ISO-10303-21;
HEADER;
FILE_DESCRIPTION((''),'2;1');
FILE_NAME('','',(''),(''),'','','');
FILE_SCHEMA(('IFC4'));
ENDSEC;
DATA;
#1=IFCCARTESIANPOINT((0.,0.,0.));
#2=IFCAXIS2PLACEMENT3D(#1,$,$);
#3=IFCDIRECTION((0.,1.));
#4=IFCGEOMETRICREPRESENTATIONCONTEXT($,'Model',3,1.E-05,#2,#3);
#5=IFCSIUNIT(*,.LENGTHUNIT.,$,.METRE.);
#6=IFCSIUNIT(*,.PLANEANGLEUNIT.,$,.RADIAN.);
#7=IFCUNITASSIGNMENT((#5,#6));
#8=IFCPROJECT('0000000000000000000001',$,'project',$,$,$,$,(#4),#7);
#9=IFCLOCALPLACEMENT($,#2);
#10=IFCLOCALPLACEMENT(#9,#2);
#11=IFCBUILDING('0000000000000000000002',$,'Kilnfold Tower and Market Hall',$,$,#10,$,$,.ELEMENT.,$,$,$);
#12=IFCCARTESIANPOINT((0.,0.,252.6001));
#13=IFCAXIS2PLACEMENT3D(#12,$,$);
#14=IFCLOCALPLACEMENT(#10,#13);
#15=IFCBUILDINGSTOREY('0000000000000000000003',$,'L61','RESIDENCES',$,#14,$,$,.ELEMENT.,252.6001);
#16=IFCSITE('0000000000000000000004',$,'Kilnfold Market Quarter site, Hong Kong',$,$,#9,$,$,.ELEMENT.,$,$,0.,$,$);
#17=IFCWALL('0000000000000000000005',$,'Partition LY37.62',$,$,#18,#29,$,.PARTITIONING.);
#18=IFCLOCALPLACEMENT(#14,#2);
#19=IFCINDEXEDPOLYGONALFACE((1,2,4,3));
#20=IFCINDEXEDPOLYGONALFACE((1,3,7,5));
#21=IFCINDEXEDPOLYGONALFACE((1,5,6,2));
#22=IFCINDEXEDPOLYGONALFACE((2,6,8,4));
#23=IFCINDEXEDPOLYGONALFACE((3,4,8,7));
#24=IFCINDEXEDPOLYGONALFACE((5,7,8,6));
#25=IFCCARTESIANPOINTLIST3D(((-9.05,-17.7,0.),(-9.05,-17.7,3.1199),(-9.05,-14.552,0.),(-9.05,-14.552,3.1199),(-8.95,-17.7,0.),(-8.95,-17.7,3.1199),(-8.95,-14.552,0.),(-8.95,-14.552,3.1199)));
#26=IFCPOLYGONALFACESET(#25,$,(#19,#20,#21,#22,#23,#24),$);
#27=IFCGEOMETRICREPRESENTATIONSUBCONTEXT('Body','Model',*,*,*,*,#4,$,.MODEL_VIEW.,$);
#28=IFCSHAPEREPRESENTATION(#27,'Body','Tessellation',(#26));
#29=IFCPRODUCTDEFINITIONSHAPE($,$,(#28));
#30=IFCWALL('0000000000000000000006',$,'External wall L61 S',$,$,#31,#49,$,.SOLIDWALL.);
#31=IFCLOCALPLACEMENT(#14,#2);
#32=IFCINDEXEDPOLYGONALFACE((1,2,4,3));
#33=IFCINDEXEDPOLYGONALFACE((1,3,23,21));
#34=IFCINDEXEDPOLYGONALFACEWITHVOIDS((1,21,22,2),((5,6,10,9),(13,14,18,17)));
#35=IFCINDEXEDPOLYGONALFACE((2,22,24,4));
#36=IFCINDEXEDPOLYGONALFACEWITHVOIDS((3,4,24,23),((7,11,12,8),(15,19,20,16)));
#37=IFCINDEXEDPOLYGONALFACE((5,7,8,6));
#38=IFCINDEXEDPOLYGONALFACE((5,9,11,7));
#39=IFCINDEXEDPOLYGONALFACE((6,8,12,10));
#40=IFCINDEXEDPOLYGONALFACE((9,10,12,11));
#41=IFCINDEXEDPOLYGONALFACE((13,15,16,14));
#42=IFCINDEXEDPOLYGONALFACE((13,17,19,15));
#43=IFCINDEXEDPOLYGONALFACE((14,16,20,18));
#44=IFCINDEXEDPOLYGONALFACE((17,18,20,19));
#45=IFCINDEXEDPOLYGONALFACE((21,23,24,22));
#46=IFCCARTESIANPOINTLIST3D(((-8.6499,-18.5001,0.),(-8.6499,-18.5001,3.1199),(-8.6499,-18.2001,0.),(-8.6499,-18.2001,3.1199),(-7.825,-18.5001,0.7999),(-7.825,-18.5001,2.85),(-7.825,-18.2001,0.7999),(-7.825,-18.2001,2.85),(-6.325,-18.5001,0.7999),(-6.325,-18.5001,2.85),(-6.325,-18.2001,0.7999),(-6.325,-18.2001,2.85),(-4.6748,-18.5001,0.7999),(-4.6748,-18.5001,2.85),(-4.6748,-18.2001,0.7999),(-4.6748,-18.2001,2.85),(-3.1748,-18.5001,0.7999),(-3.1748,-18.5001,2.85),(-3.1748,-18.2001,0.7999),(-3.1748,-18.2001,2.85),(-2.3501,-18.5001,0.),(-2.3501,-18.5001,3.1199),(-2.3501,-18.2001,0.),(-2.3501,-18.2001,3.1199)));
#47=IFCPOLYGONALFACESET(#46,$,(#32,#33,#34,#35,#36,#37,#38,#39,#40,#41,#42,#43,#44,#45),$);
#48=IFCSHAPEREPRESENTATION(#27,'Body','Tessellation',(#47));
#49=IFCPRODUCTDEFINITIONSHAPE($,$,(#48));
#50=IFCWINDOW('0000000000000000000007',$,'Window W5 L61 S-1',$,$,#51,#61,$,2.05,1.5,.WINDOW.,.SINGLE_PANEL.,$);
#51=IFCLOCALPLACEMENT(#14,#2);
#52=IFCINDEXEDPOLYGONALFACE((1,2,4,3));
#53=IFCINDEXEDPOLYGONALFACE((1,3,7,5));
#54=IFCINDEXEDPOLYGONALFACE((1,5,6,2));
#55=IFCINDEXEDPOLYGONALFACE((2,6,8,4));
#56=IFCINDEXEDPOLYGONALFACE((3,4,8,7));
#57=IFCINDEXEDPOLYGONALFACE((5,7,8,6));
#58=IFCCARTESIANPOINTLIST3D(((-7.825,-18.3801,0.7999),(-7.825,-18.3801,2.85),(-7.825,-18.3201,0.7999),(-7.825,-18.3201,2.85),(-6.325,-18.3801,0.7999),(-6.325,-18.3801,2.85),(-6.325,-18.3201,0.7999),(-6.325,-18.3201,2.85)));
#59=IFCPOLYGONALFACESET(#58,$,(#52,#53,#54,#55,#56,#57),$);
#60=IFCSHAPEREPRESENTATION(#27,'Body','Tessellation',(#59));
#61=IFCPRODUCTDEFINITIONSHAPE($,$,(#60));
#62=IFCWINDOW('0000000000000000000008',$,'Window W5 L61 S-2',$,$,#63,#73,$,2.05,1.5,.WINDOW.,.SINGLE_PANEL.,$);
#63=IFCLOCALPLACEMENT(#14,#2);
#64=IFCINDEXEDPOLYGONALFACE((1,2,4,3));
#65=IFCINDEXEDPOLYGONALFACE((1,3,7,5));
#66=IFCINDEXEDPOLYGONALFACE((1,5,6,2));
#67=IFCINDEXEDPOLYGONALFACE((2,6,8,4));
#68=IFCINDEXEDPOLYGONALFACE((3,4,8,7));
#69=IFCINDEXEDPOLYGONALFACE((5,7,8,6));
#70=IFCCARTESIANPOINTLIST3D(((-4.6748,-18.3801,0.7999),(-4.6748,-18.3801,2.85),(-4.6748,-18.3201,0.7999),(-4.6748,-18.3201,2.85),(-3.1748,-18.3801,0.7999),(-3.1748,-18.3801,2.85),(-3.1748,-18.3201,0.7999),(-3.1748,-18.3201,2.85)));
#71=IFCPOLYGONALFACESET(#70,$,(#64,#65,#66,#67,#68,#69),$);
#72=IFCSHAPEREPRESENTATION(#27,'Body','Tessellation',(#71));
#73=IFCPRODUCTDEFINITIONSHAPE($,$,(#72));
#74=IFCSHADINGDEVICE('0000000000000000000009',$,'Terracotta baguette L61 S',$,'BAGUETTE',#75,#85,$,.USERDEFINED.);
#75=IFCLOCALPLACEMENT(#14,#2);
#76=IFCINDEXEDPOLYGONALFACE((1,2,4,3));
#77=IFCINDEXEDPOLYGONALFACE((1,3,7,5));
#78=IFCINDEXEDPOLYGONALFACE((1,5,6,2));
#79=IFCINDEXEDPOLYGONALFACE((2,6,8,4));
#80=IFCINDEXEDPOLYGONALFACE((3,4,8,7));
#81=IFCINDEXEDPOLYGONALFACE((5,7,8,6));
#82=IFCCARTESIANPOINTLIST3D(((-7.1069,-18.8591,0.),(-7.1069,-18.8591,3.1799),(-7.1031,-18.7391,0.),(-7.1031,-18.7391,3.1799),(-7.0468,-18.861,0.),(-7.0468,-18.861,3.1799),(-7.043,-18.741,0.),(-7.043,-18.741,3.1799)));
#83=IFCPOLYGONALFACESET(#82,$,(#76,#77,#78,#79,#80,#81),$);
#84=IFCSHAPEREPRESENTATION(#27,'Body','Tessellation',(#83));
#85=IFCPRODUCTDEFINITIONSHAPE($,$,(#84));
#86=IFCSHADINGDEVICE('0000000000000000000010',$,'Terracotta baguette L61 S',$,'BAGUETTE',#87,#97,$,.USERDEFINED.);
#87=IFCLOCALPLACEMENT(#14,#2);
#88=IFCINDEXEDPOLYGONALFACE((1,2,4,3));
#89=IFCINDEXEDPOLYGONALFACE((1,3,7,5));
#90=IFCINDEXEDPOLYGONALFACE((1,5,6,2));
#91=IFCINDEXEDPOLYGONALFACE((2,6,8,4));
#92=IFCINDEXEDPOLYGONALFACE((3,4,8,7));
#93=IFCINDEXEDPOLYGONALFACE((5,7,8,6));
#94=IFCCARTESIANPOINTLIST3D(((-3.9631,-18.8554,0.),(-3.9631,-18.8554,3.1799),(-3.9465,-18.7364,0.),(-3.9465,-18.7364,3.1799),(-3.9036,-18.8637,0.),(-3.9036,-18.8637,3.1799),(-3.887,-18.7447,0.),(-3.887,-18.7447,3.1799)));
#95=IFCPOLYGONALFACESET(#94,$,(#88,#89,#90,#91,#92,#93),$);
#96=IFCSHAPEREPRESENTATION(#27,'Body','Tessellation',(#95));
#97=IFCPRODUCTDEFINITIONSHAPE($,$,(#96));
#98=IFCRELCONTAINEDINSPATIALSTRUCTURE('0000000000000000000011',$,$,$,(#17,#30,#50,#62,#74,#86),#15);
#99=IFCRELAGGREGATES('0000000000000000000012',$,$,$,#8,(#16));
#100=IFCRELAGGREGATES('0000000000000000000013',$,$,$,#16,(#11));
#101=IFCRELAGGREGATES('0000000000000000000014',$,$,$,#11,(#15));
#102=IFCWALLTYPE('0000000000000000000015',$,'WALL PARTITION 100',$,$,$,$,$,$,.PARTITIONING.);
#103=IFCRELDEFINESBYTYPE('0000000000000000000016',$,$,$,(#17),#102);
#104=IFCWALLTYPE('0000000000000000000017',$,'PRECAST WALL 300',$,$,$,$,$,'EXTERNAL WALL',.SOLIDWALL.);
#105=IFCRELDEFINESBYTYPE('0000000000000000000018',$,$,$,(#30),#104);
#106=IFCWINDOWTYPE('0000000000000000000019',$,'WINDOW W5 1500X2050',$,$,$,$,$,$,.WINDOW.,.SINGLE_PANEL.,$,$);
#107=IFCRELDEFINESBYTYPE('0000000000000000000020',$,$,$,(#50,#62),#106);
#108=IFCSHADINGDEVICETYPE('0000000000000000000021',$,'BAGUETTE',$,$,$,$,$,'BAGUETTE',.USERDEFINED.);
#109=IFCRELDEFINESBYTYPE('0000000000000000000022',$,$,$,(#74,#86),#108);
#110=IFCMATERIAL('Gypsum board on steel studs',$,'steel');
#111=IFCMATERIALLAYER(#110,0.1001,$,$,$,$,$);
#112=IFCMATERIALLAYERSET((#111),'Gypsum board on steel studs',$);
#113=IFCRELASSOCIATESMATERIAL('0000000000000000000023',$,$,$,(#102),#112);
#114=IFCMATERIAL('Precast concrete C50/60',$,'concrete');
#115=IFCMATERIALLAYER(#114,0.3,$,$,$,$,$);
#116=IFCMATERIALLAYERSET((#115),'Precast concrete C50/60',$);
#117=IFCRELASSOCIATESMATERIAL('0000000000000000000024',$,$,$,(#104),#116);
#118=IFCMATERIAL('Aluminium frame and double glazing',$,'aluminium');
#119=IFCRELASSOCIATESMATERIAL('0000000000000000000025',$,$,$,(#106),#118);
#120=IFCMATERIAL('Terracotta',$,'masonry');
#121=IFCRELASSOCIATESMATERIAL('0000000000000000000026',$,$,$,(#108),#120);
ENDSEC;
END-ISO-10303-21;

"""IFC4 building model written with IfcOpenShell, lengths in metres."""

from ifc_helpers import new_model, si_unit, direction, frame, frame_2d, origin, origin_2d, place, context, subcontext, project, spatial, rectangle, extrude, source, transform, mapped, material, layer, layer_set, material_profile, profile_set, type_object, element, fill, save


model = new_model("IFC4")

# Units and contexts
model_context = context("Model", 3, precision=1e-05, world=origin(), true_north=direction((0.0, 1.0)))
body_context = subcontext(model_context, "Body", "Model", "MODEL_VIEW")
ifc_project = project(units=[si_unit("LENGTHUNIT", "METRE"), si_unit("PLANEANGLEUNIT", "RADIAN")], contexts=[model_context])

# Site, building, storey
site_placement = place(None, origin())
site = spatial("IfcSite", under=ifc_project, at=site_placement, Name="Kilnfold Market Quarter site, Hong Kong", CompositionType="ELEMENT", RefElevation=0.0)
building_placement = place(site_placement, origin())
building = spatial("IfcBuilding", under=site, at=building_placement, Name="Kilnfold Tower and Market Hall", CompositionType="ELEMENT")
storey_placement = place(building_placement, frame((0.0, 0.0, 252.6001)))
storey = spatial("IfcBuildingStorey", under=building, at=storey_placement, Name="L61", Description="RESIDENCES", CompositionType="ELEMENT", Elevation=252.6001)

# Shared definitions
ifc_material_1 = material(Name="Gypsum board on steel studs", Category="steel")
ifc_layer_1 = layer(ifc_material_1, 0.1001)
ifc_layer_set_1 = layer_set([ifc_layer_1], Name="Gypsum board on steel studs")
wall_type_1 = type_object("IfcWallType", Name="WALL PARTITION 100", PredefinedType="PARTITIONING", material=ifc_layer_set_1)

# Wall
wall_1_placement = place(storey_placement, frame((-9.0, -17.7, 0.0), z_axis=(0.0, 0.0, 1.0), x_axis=(0.0, 1.0, 0.0)))
element("IfcWall", 1, at=wall_1_placement, inside=storey, type_object=wall_type_1, Name="Partition LY37.62", PredefinedType="PARTITIONING", context=body_context, shape_type="SweptSolid", body=[
    extrude(rectangle(XDim=3.1479, YDim=0.1001, at=frame_2d((1.574, 0.0))), origin(), (0.0, 0.0, 1.0), 3.1199),
])

# Wall, openings, windows
ifc_material_2 = material(Name="Precast concrete C50/60", Category="concrete")
ifc_layer_2 = layer(ifc_material_2, 0.3)
ifc_layer_set_2 = layer_set([ifc_layer_2], Name="Precast concrete C50/60")
wall_type_2 = type_object("IfcWallType", Name="PRECAST WALL 300", ElementType="EXTERNAL WALL", PredefinedType="SOLIDWALL", material=ifc_layer_set_2)
shared_shape_1 = source(origin(), body_context, "Body", "SweptSolid", [
    extrude(rectangle(XDim=6.2998, YDim=0.3, at=frame_2d((3.1499, 0.0))), origin(), (0.0, 0.0, 1.0), 3.1199),
])
wall_2_placement = place(storey_placement, frame((-8.6499, -18.3501, 0.0), z_axis=(0.0, 0.0, 1.0), x_axis=(1.0, 0.0, 0.0)))
wall_2 = element("IfcWall", 2, at=wall_2_placement, inside=storey, type_object=wall_type_2, Name="External wall L61 S", PredefinedType="SOLIDWALL", context=body_context, shape_type="MappedRepresentation", body=[
    mapped(shared_shape_1, transform((0.0, 0.0, 0.0))),
])
opening_1_placement = place(wall_2_placement, frame((0.825, 0.0, 0.8)))
opening_1 = element("IfcOpeningElement", 3, at=opening_1_placement, cuts=wall_2, PredefinedType="OPENING", context=body_context, shape_type="SweptSolid", body=[
    extrude(rectangle(XDim=1.5, YDim=2.05, at=frame_2d((0.75, 1.0249))), frame((0.0, 0.1602, 0.0), z_axis=(0.0, -1.0, 0.0), x_axis=(1.0, 0.0, 0.0)), (0.0, 0.0, 1.0), 0.3201),
])
opening_2_placement = place(wall_2_placement, frame((3.9751, 0.0, 0.8)))
opening_2 = element("IfcOpeningElement", 4, at=opening_2_placement, cuts=wall_2, PredefinedType="OPENING", context=body_context, shape_type="SweptSolid", body=[
    extrude(rectangle(XDim=1.5, YDim=2.05, at=frame_2d((0.75, 1.0249))), frame((0.0, 0.1602, 0.0), z_axis=(0.0, -1.0, 0.0), x_axis=(1.0, 0.0, 0.0)), (0.0, 0.0, 1.0), 0.3201),
])
ifc_material_3 = material(Name="Aluminium frame and double glazing", Category="aluminium")
window_type = type_object("IfcWindowType", Name="WINDOW W5 1500X2050", PartitioningType="SINGLE_PANEL", PredefinedType="WINDOW", material=ifc_material_3)
window_1_placement = place(opening_1_placement, origin())
window_1 = element("IfcWindow", 5, at=window_1_placement, inside=storey, type_object=window_type, Name="Window W5 L61 S-1", OverallHeight=2.05, OverallWidth=1.5, PartitioningType="SINGLE_PANEL", PredefinedType="WINDOW", context=body_context, shape_type="SweptSolid", body=[
    extrude(rectangle(XDim=1.5, YDim=2.05, at=frame_2d((0.75, 1.0249))), frame((0.0, 0.03, 0.0), z_axis=(0.0, -1.0, 0.0), x_axis=(1.0, 0.0, 0.0)), (0.0, 0.0, 1.0), 0.0601),
])
fill(opening_1, window_1)
window_2_placement = place(opening_2_placement, origin())
window_2 = element("IfcWindow", 6, at=window_2_placement, inside=storey, type_object=window_type, Name="Window W5 L61 S-2", OverallHeight=2.05, OverallWidth=1.5, PartitioningType="SINGLE_PANEL", PredefinedType="WINDOW", context=body_context, shape_type="SweptSolid", body=[
    extrude(rectangle(XDim=1.5, YDim=2.05, at=frame_2d((0.75, 1.0249))), frame((0.0, 0.03, 0.0), z_axis=(0.0, -1.0, 0.0), x_axis=(1.0, 0.0, 0.0)), (0.0, 0.0, 1.0), 0.0601),
])
fill(opening_2, window_2)

# Shading devices
ifc_material_4 = material(Name="Terracotta", Category="masonry")
ifc_material_profile_1 = material_profile(ifc_material_4, rectangle(XDim=0.0601, YDim=0.1201, at=origin_2d()), Name="BAG 60x120")
ifc_profile_set_1 = profile_set([ifc_material_profile_1], Name="Terracotta")
shading_device_type = type_object("IfcShadingDeviceType", Name="BAGUETTE", ElementType="BAGUETTE", PredefinedType="USERDEFINED", material=ifc_profile_set_1)
shared_shape_2 = source(origin(), body_context, "Body", "SweptSolid", [
    extrude(rectangle(XDim=0.0601, YDim=0.1201, at=origin_2d()), origin(), (0.0, 0.0, 1.0), 3.1799),
])
for number, where, z_axis, x_axis, name in (
    (7, (-7.075, -18.8, 0.0), (0.0, 0.0, 1.0), (0.999496, -0.031735, 0.0), "Terracotta baguette L61 S"),
    (8, (-3.925, -18.8, 0.0), (0.0, 0.0, 1.0), (0.990319, -0.138812, 0.0), "Terracotta baguette L61 S"),
):
    element("IfcShadingDevice", number, at=place(storey_placement, frame(where, z_axis=z_axis, x_axis=x_axis)), inside=storey, type_object=shading_device_type, Name=name, ObjectType="BAGUETTE", PredefinedType="USERDEFINED", context=body_context, shape_type="MappedRepresentation", body=[
        mapped(shared_shape_2, transform((0.0, 0.0, 0.0))),
    ])

save(model, "model.ifc")
